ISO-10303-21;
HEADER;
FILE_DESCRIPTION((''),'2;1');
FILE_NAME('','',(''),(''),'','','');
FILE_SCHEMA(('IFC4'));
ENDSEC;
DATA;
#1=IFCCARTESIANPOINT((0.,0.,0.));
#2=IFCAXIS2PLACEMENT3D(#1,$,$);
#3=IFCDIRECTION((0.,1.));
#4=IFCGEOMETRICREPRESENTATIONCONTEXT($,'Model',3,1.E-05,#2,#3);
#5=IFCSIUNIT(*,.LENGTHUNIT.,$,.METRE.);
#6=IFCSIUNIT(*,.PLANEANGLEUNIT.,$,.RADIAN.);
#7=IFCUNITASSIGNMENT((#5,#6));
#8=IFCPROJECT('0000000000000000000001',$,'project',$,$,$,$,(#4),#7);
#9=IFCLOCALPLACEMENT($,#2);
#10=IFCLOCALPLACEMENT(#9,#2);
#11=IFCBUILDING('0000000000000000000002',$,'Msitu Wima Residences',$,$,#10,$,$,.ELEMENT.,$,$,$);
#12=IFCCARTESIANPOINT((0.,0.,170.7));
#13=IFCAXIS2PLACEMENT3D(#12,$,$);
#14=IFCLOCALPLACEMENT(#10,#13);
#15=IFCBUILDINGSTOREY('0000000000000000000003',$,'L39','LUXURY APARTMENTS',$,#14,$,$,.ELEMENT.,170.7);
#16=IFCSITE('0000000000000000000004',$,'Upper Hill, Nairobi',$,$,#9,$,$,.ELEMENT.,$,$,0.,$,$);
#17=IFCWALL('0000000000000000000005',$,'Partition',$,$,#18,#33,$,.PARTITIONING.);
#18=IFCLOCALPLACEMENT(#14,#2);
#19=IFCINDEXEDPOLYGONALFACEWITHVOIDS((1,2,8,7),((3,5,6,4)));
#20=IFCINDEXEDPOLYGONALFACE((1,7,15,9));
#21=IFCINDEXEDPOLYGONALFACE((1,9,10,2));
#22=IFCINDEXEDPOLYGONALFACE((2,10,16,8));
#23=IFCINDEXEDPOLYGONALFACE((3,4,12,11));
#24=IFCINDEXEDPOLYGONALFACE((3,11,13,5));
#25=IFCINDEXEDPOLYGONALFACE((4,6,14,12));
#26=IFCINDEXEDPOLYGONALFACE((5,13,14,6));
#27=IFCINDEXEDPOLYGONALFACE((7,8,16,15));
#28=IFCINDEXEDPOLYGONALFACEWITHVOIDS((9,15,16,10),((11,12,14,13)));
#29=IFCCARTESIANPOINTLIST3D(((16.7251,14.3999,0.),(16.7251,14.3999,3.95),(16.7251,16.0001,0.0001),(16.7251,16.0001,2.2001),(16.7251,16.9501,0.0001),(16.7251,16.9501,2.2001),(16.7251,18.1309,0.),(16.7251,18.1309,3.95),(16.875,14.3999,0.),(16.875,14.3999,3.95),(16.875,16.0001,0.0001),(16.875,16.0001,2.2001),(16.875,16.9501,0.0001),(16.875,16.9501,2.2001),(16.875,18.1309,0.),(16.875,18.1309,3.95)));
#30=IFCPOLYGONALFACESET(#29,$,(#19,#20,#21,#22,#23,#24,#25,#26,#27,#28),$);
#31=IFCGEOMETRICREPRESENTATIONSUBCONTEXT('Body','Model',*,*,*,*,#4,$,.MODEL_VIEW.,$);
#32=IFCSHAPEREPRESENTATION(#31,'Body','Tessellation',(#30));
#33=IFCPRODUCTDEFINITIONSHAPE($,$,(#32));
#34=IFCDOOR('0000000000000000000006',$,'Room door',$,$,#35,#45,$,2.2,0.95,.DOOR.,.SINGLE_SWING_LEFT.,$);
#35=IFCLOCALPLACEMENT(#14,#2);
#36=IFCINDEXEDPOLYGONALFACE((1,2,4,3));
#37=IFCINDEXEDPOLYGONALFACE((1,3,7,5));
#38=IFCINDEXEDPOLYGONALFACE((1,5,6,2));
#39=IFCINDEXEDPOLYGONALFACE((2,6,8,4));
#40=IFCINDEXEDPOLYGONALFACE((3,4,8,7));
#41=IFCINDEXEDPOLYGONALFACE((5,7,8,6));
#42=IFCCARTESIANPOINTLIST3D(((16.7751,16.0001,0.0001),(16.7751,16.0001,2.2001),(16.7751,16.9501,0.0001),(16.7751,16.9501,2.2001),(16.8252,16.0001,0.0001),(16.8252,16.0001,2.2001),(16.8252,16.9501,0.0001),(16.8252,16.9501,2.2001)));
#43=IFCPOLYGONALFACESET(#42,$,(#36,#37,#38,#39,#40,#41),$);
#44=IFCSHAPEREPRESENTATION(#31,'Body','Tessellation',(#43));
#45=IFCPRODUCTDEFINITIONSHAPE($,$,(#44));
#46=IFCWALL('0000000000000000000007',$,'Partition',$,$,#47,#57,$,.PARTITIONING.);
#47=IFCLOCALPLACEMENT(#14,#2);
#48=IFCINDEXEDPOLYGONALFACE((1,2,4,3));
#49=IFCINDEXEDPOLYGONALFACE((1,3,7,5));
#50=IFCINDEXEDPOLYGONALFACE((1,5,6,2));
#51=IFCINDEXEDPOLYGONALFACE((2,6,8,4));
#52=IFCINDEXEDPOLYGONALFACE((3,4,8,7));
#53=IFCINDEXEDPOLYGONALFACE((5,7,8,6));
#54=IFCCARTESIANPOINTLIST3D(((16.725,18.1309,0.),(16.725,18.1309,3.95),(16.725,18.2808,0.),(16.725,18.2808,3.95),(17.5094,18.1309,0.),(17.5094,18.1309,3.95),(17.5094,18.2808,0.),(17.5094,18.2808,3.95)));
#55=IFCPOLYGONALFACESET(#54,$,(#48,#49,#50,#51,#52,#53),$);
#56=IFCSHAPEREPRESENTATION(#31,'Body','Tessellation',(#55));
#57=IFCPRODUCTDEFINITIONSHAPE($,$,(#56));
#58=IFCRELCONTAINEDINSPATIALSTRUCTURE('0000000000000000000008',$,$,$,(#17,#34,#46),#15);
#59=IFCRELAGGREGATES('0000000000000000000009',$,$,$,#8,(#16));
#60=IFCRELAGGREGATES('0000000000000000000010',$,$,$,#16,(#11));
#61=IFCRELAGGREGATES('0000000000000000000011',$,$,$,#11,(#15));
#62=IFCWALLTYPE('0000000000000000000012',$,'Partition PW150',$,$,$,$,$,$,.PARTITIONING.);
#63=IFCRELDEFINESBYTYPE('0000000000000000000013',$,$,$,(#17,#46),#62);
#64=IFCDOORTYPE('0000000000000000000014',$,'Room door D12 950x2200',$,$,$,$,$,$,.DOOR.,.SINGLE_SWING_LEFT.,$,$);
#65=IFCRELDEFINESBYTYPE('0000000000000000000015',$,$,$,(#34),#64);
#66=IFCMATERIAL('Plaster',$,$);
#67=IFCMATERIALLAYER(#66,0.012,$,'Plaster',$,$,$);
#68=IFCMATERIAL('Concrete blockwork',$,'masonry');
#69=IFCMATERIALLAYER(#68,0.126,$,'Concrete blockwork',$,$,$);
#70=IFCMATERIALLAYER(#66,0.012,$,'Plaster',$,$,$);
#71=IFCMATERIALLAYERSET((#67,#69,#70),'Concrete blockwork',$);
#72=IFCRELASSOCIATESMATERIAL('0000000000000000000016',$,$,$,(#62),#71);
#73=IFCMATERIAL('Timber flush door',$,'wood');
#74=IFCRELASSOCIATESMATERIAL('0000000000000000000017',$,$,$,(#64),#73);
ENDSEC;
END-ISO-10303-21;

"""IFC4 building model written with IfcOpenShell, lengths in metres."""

from ifc_helpers import new_model, si_unit, direction, frame, frame_2d, origin, place, context, subcontext, project, spatial, rectangle, extrude, material, layer, layer_set, type_object, element, fill, save


model = new_model("IFC4")

# Units and contexts
model_context = context("Model", 3, precision=1e-05, world=origin(), true_north=direction((0.0, 1.0)))
body_context = subcontext(model_context, "Body", "Model", "MODEL_VIEW")
ifc_project = project(units=[si_unit("LENGTHUNIT", "METRE"), si_unit("PLANEANGLEUNIT", "RADIAN")], contexts=[model_context])

# Site, building, storey
site_placement = place(None, origin())
site = spatial("IfcSite", under=ifc_project, at=site_placement, Name="Upper Hill, Nairobi", CompositionType="ELEMENT", RefElevation=0.0)
building_placement = place(site_placement, origin())
building = spatial("IfcBuilding", under=site, at=building_placement, Name="Msitu Wima Residences", CompositionType="ELEMENT")
storey_placement = place(building_placement, frame((0.0, 0.0, 170.7)))
storey = spatial("IfcBuildingStorey", under=building, at=storey_placement, Name="L39", Description="LUXURY APARTMENTS", CompositionType="ELEMENT", Elevation=170.7)

# Shared definitions
ifc_material_1 = material(Name="Plaster")
ifc_material_2 = material(Name="Concrete blockwork", Category="masonry")

# Wall, opening, door
ifc_layer_1 = layer(ifc_material_1, 0.012, Name="Plaster")
ifc_layer_2 = layer(ifc_material_2, 0.126, Name="Concrete blockwork")
ifc_layer_3 = layer(ifc_material_1, 0.012, Name="Plaster")
ifc_layer_set_1 = layer_set([ifc_layer_1, ifc_layer_2, ifc_layer_3], Name="Concrete blockwork")
wall_type_1 = type_object("IfcWallType", Name="Partition PW150", PredefinedType="PARTITIONING", material=ifc_layer_set_1)
wall_1_placement = place(storey_placement, frame((16.8, 14.3999, 0.0), z_axis=(0.0, 0.0, 1.0), x_axis=(0.0, 1.0, 0.0)))
wall_1 = element("IfcWall", 1, at=wall_1_placement, inside=storey, type_object=wall_type_1, Name="Partition", PredefinedType="PARTITIONING", context=body_context, shape_type="SweptSolid", body=[
    extrude(rectangle(XDim=3.731, YDim=0.1499, at=frame_2d((1.8655, 0.0))), origin(), (0.0, 0.0, 1.0), 3.95),
])
opening_1_placement = place(wall_1_placement, frame((1.6001, 0.0, 0.0)))
opening_1 = element("IfcOpeningElement", 2, at=opening_1_placement, cuts=wall_1, PredefinedType="OPENING", context=body_context, shape_type="SweptSolid", body=[
    extrude(rectangle(XDim=0.95, YDim=2.2, at=frame_2d((0.4751, 1.1001))), frame((0.0, 0.085, 0.0), z_axis=(0.0, -1.0, 0.0), x_axis=(1.0, 0.0, 0.0)), (0.0, 0.0, 1.0), 0.1699),
])
ifc_material_3 = material(Name="Timber flush door", Category="wood")
door_type_1 = type_object("IfcDoorType", Name="Room door D12 950x2200", OperationType="SINGLE_SWING_LEFT", PredefinedType="DOOR", material=ifc_material_3)
door_1_placement = place(opening_1_placement, origin())
door_1 = element("IfcDoor", 3, at=door_1_placement, inside=storey, type_object=door_type_1, Name="Room door", OperationType="SINGLE_SWING_LEFT", OverallHeight=2.2, OverallWidth=0.95, PredefinedType="DOOR", context=body_context, shape_type="SweptSolid", body=[
    extrude(rectangle(XDim=0.95, YDim=2.2, at=frame_2d((0.4751, 1.1001))), frame((0.0, 0.0249, 0.0), z_axis=(0.0, -1.0, 0.0), x_axis=(1.0, 0.0, 0.0)), (0.0, 0.0, 1.0), 0.05),
])
fill(opening_1, door_1)

# Wall
wall_2_placement = place(storey_placement, frame((16.7251, 18.2058, 0.0), z_axis=(0.0, 0.0, 1.0), x_axis=(1.0, 0.0, 0.0)))
element("IfcWall", 4, at=wall_2_placement, inside=storey, type_object=wall_type_1, Name="Partition", PredefinedType="PARTITIONING", context=body_context, shape_type="SweptSolid", body=[
    extrude(rectangle(XDim=0.7844, YDim=0.1499, at=frame_2d((0.3921, 0.0))), origin(), (0.0, 0.0, 1.0), 3.95),
])

save(model, "model.ifc")
